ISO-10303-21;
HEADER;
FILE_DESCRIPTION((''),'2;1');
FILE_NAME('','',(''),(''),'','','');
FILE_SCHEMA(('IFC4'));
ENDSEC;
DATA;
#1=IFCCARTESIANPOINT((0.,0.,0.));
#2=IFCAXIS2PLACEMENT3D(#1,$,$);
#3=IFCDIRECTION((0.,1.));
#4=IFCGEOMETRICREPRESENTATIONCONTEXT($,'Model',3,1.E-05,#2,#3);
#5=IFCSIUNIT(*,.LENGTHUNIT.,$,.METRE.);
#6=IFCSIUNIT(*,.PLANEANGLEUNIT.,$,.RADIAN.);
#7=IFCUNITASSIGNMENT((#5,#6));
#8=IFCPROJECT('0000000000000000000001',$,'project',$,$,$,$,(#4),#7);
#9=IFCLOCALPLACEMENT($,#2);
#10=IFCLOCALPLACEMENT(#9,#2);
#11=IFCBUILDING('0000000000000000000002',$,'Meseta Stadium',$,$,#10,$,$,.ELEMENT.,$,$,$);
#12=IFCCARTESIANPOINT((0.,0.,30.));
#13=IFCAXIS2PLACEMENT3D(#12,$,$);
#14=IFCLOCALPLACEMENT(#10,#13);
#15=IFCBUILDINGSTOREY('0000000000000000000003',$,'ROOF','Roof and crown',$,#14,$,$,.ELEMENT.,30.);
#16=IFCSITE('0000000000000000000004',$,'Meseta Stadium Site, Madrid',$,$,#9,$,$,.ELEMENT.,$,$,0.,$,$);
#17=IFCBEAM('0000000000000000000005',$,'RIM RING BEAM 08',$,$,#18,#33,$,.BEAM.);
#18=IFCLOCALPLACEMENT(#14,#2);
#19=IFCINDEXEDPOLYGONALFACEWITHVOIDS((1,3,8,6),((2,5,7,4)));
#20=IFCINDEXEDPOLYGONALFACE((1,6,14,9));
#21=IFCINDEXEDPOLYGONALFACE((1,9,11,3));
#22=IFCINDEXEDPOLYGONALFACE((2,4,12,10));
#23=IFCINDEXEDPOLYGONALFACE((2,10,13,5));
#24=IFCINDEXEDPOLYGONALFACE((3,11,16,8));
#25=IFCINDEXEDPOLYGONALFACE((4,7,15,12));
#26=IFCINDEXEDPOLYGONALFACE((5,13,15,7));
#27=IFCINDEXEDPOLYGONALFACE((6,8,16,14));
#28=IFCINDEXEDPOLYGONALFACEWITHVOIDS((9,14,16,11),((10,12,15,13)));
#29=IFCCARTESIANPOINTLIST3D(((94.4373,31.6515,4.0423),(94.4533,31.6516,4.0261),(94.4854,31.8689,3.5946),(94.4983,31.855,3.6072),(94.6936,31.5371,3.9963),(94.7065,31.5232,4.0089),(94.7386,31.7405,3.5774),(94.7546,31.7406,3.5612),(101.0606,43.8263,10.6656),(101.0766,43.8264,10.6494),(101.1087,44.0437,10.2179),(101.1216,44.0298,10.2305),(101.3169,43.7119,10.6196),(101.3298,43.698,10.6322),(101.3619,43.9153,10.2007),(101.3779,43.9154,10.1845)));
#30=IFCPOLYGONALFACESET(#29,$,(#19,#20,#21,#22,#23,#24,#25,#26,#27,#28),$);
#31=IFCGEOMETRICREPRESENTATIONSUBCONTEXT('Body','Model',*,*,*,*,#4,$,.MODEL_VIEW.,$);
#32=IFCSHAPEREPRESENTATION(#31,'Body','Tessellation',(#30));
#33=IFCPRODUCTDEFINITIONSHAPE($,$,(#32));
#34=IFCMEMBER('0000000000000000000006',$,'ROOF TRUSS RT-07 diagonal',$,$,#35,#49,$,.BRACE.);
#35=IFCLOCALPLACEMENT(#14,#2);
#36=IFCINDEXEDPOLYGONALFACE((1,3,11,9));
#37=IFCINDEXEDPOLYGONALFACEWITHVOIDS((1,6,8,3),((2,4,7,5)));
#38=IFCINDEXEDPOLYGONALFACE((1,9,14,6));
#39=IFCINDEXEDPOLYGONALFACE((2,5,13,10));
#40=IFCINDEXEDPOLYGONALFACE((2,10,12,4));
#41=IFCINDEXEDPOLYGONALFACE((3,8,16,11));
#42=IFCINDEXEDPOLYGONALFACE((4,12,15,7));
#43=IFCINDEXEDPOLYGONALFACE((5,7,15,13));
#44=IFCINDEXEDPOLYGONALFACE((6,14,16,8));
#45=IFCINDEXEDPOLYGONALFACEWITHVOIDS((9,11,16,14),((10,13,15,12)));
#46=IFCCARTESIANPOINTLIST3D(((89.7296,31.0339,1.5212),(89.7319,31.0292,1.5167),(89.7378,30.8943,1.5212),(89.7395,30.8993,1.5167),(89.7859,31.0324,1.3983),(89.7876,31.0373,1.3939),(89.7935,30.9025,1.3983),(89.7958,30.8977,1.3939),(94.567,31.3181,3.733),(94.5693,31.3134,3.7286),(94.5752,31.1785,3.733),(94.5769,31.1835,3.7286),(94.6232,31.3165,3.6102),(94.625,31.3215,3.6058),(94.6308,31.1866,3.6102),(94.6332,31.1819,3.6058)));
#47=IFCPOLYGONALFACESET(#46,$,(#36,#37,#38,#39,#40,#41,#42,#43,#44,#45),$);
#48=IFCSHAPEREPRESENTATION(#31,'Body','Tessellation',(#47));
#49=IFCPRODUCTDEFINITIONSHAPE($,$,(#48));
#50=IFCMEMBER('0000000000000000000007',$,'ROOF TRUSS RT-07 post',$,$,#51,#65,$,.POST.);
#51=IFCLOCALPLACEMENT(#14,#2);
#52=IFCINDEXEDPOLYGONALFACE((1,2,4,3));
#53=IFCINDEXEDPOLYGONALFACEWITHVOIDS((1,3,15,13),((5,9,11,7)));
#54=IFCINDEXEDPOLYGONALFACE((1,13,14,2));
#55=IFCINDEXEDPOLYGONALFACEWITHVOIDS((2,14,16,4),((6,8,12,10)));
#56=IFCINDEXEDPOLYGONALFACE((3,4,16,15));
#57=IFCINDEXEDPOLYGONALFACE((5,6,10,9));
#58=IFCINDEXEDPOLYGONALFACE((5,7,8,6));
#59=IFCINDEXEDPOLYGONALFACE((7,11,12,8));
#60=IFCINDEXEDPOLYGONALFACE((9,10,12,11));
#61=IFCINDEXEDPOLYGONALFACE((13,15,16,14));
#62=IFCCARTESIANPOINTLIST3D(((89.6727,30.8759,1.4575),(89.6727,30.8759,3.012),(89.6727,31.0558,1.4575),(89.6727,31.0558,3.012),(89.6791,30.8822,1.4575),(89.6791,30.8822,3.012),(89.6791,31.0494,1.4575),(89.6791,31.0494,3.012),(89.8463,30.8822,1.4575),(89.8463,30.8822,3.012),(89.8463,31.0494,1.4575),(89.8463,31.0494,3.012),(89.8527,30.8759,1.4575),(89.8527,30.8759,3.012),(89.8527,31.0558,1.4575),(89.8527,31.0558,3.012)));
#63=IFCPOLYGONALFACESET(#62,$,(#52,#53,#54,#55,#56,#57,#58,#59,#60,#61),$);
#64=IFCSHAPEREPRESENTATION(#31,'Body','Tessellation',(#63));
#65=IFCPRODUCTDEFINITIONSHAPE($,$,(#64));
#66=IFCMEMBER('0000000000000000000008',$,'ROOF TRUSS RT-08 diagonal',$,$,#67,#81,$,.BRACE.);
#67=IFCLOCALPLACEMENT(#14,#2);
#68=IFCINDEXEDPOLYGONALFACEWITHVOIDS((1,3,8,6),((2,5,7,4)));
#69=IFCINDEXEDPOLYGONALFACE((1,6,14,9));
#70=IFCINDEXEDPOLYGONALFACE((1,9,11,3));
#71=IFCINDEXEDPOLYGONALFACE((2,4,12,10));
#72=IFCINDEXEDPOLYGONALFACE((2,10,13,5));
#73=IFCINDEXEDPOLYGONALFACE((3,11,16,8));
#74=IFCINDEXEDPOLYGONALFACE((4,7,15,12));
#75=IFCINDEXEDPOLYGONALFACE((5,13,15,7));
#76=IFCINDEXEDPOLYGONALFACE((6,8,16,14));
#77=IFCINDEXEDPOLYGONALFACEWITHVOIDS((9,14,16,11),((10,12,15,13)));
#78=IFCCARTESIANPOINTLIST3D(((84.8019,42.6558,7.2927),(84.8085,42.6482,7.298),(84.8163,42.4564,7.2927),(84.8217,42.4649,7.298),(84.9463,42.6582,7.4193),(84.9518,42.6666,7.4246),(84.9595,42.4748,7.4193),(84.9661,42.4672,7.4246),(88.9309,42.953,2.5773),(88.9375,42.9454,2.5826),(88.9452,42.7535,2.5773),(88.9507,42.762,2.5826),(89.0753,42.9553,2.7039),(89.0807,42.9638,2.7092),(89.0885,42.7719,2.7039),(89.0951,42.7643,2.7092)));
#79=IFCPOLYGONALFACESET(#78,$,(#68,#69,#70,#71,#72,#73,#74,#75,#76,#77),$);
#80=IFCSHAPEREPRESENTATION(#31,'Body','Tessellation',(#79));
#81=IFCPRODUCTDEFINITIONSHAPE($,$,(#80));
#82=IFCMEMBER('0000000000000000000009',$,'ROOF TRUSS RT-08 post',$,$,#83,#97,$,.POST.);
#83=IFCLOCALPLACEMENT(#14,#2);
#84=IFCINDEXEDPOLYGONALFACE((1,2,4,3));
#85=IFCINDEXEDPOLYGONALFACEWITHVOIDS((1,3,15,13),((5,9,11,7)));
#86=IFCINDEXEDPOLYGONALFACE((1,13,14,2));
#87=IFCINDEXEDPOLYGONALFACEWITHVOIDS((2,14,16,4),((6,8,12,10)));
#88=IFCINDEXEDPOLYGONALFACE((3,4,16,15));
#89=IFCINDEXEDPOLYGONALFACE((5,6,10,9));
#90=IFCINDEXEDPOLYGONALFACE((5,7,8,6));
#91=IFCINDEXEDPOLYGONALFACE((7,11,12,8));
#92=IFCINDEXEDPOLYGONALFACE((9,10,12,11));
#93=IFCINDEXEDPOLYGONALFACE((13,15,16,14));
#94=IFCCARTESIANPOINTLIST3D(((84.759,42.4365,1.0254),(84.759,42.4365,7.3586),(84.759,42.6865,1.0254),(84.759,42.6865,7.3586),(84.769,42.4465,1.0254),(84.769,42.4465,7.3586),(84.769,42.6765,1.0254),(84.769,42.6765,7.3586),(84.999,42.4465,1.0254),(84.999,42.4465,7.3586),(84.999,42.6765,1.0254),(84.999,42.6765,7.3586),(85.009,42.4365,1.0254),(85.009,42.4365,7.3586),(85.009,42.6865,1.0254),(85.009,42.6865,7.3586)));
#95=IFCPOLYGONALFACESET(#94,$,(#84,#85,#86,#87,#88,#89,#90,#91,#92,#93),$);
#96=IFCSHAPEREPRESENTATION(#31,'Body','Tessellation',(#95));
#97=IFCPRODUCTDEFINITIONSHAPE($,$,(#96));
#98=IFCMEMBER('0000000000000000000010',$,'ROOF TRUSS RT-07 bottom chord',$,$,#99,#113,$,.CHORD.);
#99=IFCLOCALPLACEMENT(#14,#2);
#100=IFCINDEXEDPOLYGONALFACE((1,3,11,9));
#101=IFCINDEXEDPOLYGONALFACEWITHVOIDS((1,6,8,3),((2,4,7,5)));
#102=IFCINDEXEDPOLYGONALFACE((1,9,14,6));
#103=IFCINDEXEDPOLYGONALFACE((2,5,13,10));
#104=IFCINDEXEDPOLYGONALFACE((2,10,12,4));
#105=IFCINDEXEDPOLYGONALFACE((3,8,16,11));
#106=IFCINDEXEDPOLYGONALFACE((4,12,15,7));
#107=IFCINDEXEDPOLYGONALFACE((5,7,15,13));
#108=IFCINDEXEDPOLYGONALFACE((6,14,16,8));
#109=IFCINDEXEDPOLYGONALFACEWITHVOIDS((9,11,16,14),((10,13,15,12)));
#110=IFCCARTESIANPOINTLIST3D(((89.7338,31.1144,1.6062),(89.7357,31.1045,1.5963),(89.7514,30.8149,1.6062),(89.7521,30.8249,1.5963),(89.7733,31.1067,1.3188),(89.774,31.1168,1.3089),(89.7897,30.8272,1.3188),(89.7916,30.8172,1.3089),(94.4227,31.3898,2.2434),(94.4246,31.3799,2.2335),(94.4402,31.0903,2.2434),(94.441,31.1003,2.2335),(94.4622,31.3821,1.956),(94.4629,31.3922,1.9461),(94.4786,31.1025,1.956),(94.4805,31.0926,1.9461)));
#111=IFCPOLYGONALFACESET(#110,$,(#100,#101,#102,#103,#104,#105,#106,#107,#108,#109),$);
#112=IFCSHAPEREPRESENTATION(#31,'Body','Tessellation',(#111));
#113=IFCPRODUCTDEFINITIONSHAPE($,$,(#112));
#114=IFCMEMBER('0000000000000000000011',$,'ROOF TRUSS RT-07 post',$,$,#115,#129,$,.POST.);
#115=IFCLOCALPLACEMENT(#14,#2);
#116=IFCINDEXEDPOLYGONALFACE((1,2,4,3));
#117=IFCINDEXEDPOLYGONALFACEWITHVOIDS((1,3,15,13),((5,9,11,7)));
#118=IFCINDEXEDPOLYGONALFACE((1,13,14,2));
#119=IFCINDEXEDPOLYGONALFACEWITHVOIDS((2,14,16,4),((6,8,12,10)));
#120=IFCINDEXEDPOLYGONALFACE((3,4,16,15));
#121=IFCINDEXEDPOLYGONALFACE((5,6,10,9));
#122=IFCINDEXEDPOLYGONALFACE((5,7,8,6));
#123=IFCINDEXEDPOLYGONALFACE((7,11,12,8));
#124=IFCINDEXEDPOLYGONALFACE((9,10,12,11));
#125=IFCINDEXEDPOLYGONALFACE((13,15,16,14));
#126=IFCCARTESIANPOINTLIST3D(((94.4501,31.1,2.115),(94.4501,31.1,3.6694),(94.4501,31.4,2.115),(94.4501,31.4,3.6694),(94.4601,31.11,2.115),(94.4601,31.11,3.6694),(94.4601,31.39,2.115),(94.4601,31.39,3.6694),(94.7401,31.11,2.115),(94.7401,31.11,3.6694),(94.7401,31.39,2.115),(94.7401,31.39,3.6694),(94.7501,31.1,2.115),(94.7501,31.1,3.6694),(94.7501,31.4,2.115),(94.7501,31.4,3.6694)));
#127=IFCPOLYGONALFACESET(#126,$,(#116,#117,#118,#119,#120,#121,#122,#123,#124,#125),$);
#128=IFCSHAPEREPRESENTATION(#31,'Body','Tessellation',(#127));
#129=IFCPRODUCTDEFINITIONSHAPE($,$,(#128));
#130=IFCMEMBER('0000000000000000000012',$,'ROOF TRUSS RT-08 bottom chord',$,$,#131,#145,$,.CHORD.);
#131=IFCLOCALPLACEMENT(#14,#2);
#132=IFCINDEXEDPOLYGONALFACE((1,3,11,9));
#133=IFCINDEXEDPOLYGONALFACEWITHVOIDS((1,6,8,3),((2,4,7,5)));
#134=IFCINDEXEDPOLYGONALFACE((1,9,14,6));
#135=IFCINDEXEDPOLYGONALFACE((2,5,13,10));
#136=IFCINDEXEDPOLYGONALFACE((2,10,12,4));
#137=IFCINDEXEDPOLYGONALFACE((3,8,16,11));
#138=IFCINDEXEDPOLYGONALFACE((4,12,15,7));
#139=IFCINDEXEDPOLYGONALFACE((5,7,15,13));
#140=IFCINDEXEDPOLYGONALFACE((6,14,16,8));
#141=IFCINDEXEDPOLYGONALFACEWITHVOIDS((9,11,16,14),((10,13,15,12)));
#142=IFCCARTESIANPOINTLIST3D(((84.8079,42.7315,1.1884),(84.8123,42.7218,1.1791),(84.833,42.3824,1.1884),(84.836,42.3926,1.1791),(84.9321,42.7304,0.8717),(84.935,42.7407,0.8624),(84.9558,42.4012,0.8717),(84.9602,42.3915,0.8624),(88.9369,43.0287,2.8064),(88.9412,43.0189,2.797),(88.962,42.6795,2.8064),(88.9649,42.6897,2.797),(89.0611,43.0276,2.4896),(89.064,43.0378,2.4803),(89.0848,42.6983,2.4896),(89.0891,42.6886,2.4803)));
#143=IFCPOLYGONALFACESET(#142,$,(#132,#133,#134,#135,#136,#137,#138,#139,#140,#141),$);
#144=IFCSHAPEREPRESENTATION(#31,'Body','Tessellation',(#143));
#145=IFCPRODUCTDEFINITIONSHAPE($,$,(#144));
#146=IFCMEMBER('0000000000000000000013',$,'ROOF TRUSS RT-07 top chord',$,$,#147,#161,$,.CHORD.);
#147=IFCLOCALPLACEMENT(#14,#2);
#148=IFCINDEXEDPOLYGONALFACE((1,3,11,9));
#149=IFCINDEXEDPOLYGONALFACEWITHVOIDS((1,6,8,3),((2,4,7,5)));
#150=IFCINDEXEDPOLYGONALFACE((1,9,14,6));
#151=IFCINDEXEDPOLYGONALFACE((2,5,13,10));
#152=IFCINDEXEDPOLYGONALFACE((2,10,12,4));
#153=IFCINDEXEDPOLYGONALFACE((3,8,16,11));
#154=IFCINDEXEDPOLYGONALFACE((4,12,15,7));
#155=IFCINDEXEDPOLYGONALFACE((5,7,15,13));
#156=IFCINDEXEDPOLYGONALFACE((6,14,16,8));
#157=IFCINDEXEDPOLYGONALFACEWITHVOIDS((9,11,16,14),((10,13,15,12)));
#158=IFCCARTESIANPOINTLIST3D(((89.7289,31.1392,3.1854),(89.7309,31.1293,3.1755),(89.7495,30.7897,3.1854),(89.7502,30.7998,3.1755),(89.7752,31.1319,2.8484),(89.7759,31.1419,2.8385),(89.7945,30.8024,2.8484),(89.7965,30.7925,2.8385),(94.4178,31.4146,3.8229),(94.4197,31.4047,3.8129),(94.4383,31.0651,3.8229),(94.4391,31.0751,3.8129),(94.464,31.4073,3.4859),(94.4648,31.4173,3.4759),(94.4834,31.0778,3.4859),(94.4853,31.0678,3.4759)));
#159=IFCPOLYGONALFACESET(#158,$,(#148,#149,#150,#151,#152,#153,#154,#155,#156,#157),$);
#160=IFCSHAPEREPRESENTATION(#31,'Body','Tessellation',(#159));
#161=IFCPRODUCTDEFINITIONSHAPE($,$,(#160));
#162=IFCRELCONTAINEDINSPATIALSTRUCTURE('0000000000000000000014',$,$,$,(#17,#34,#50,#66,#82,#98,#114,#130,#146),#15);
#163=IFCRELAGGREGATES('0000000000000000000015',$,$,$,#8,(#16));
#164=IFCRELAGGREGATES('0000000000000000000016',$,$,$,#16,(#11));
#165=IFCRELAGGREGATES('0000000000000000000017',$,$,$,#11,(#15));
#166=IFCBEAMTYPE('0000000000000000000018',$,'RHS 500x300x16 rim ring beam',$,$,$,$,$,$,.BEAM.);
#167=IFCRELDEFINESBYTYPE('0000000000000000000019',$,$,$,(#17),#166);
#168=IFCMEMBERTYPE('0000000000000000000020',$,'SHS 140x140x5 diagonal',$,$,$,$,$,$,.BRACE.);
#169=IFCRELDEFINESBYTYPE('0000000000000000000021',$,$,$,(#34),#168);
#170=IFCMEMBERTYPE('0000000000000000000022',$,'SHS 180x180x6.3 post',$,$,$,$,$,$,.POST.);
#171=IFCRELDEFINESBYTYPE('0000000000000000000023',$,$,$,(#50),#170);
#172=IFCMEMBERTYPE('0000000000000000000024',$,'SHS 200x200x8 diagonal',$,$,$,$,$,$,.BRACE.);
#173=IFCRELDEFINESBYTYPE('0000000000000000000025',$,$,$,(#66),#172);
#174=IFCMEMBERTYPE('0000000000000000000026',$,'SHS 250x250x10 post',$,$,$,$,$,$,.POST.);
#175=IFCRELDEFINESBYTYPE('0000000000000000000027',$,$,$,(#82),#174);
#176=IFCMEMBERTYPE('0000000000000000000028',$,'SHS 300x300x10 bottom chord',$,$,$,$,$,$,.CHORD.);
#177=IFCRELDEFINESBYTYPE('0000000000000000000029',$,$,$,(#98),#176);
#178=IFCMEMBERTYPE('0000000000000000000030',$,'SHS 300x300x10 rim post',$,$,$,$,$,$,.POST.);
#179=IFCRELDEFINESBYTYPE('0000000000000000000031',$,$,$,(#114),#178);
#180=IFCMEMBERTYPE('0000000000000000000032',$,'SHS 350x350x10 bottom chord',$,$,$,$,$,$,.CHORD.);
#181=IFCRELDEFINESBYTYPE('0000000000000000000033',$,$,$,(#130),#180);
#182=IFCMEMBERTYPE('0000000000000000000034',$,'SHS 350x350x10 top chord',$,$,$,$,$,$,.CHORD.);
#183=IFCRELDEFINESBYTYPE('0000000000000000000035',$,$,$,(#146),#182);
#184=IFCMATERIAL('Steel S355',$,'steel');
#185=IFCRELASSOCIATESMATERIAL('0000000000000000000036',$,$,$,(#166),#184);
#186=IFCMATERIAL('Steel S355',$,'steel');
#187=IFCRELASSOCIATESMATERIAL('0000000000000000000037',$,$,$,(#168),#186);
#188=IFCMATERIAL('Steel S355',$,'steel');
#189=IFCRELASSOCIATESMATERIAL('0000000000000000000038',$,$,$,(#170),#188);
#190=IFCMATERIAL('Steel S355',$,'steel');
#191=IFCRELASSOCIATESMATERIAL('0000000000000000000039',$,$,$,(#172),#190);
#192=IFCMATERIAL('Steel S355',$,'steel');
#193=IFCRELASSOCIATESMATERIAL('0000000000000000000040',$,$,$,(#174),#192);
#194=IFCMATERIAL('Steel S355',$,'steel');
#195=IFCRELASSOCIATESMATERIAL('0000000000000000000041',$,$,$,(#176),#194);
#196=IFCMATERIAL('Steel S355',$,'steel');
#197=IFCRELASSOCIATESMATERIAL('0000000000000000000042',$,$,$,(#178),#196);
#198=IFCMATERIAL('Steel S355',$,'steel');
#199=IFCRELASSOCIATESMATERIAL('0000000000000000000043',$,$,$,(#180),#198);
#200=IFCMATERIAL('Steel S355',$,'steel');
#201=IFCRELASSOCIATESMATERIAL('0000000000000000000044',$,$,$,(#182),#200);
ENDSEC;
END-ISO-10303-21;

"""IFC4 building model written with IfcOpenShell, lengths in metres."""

from ifc_helpers import new_model, si_unit, direction, frame, origin, origin_2d, place, context, subcontext, project, spatial, hollow_rectangle, extrude, material, material_profile, profile_set, type_object, element, save


model = new_model("IFC4")

# Units and contexts
model_context = context("Model", 3, precision=1e-05, world=origin(), true_north=direction((0.0, 1.0)))
body_context = subcontext(model_context, "Body", "Model", "MODEL_VIEW")
ifc_project = project(units=[si_unit("LENGTHUNIT", "METRE"), si_unit("PLANEANGLEUNIT", "RADIAN")], contexts=[model_context])

# Site, building, storey
site_placement = place(None, origin())
site = spatial("IfcSite", under=ifc_project, at=site_placement, Name="Meseta Stadium Site, Madrid", CompositionType="ELEMENT", RefElevation=0.0)
building_placement = place(site_placement, origin())
building = spatial("IfcBuilding", under=site, at=building_placement, Name="Meseta Stadium", CompositionType="ELEMENT")
storey_placement = place(building_placement, frame((0.0, 0.0, 30.0)))
storey = spatial("IfcBuildingStorey", under=building, at=storey_placement, Name="ROOF", Description="Roof and crown", CompositionType="ELEMENT", Elevation=30.0)

# Beam
ifc_material_1 = material(Name="Steel S355", Category="steel")
ifc_material_profile_1 = material_profile(ifc_material_1, hollow_rectangle(XDim=0.3, YDim=0.5, WallThickness=0.0161, at=origin_2d()), Name="RHS 500x300x16")
ifc_profile_set_1 = profile_set([ifc_material_profile_1], Name="Steel S355")
beam_type = type_object("IfcBeamType", Name="RHS 500x300x16 rim ring beam", PredefinedType="BEAM", material=ifc_profile_set_1)
beam_placement = place(storey_placement, frame((94.5959, 31.696, 3.8018), z_axis=(0.431174, 0.792576, 0.431174), x_axis=(-0.897129, 0.42753, 0.111252)))
element("IfcBeam", 1, at=beam_placement, inside=storey, type_object=beam_type, Name="RIM RING BEAM 08", PredefinedType="BEAM", context=body_context, shape_type="SweptSolid", body=[
    extrude(hollow_rectangle(XDim=0.3, YDim=0.5, WallThickness=0.0161, at=origin_2d()), origin(), (0.0, 0.0, 1.0), 15.3611),
])

# Members
ifc_material_2 = material(Name="Steel S355", Category="steel")
ifc_material_profile_2 = material_profile(ifc_material_2, hollow_rectangle(XDim=0.1399, YDim=0.1399, WallThickness=0.0049, at=origin_2d()), Name="SHS 140x140x5")
ifc_profile_set_2 = profile_set([ifc_material_profile_2], Name="Steel S355")
member_type_1 = type_object("IfcMemberType", Name="SHS 140x140x5 diagonal", PredefinedType="BRACE", material=ifc_profile_set_2)
member_1_placement = place(storey_placement, frame((89.7627, 30.9658, 1.4575), z_axis=(0.908142, 0.05335, 0.41525), x_axis=(-0.058645, 0.998279, 0.0)))
element("IfcMember", 2, at=member_1_placement, inside=storey, type_object=member_type_1, Name="ROOF TRUSS RT-07 diagonal", PredefinedType="BRACE", context=body_context, shape_type="SweptSolid", body=[
    extrude(hollow_rectangle(XDim=0.1399, YDim=0.1399, WallThickness=0.0049, at=origin_2d()), origin(), (0.0, 0.0, 1.0), 5.3267),
])
ifc_material_3 = material(Name="Steel S355", Category="steel")
ifc_material_profile_3 = material_profile(ifc_material_3, hollow_rectangle(XDim=0.1799, YDim=0.1799, WallThickness=0.0063, at=origin_2d()), Name="SHS 180x180x6.3")
ifc_profile_set_3 = profile_set([ifc_material_profile_3], Name="Steel S355")
member_type_2 = type_object("IfcMemberType", Name="SHS 180x180x6.3 post", PredefinedType="POST", material=ifc_profile_set_3)
member_2_placement = place(storey_placement, frame((89.7627, 30.9658, 1.4575), z_axis=(0.0, 0.0, 1.0), x_axis=(1.0, 0.0, 0.0)))
element("IfcMember", 3, at=member_2_placement, inside=storey, type_object=member_type_2, Name="ROOF TRUSS RT-07 post", PredefinedType="POST", context=body_context, shape_type="SweptSolid", body=[
    extrude(hollow_rectangle(XDim=0.1799, YDim=0.1799, WallThickness=0.0063, at=origin_2d()), origin(), (0.0, 0.0, 1.0), 1.5544),
])
ifc_material_4 = material(Name="Steel S355", Category="steel")
ifc_material_profile_4 = material_profile(ifc_material_4, hollow_rectangle(XDim=0.2, YDim=0.2, WallThickness=0.0081, at=origin_2d()), Name="SHS 200x200x8")
ifc_profile_set_4 = profile_set([ifc_material_profile_4], Name="Steel S355")
member_type_3 = type_object("IfcMemberType", Name="SHS 200x200x8 diagonal", PredefinedType="BRACE", material=ifc_profile_set_4)
member_3_placement = place(storey_placement, frame((84.884, 42.5615, 7.3586), z_axis=(0.658036, 0.047353, -0.751496), x_axis=(-0.071775, 0.997421, 0.0)))
element("IfcMember", 4, at=member_3_placement, inside=storey, type_object=member_type_3, Name="ROOF TRUSS RT-08 diagonal", PredefinedType="BRACE", context=body_context, shape_type="SweptSolid", body=[
    extrude(hollow_rectangle(XDim=0.2, YDim=0.2, WallThickness=0.0081, at=origin_2d()), origin(), (0.0, 0.0, 1.0), 6.2747),
])
ifc_material_5 = material(Name="Steel S355", Category="steel")
ifc_material_profile_5 = material_profile(ifc_material_5, hollow_rectangle(XDim=0.25, YDim=0.25, WallThickness=0.01, at=origin_2d()), Name="SHS 250x250x10")
ifc_profile_set_5 = profile_set([ifc_material_profile_5], Name="Steel S355")
member_type_4 = type_object("IfcMemberType", Name="SHS 250x250x10 post", PredefinedType="POST", material=ifc_profile_set_5)
member_4_placement = place(storey_placement, frame((84.884, 42.5615, 1.0254), z_axis=(0.0, 0.0, 1.0), x_axis=(1.0, 0.0, 0.0)))
element("IfcMember", 5, at=member_4_placement, inside=storey, type_object=member_type_4, Name="ROOF TRUSS RT-08 post", PredefinedType="POST", context=body_context, shape_type="SweptSolid", body=[
    extrude(hollow_rectangle(XDim=0.25, YDim=0.25, WallThickness=0.01, at=origin_2d()), origin(), (0.0, 0.0, 1.0), 6.3333),
])
ifc_material_6 = material(Name="Steel S355", Category="steel")
ifc_material_profile_6 = material_profile(ifc_material_6, hollow_rectangle(XDim=0.3, YDim=0.3, WallThickness=0.01, at=origin_2d()), Name="SHS 300x300x10")
ifc_profile_set_6 = profile_set([ifc_material_profile_6], Name="Steel S355")
member_type_5 = type_object("IfcMemberType", Name="SHS 300x300x10 bottom chord", PredefinedType="CHORD", material=ifc_profile_set_6)
member_5_placement = place(storey_placement, frame((89.7627, 30.9658, 1.4575), z_axis=(0.989218, 0.058098, 0.13443), x_axis=(-0.058631, 0.99828, 0.0)))
element("IfcMember", 6, at=member_5_placement, inside=storey, type_object=member_type_5, Name="ROOF TRUSS RT-07 bottom chord", PredefinedType="CHORD", context=body_context, shape_type="SweptSolid", body=[
    extrude(hollow_rectangle(XDim=0.3, YDim=0.3, WallThickness=0.01, at=origin_2d()), origin(), (0.0, 0.0, 1.0), 4.74),
])
ifc_material_7 = material(Name="Steel S355", Category="steel")
ifc_material_profile_7 = material_profile(ifc_material_7, hollow_rectangle(XDim=0.3, YDim=0.3, WallThickness=0.01, at=origin_2d()), Name="SHS 300x300x10")
ifc_profile_set_7 = profile_set([ifc_material_profile_7], Name="Steel S355")
member_type_6 = type_object("IfcMemberType", Name="SHS 300x300x10 rim post", PredefinedType="POST", material=ifc_profile_set_7)
member_6_placement = place(storey_placement, frame((94.6001, 31.25, 2.115), z_axis=(0.0, 0.0, 1.0), x_axis=(1.0, 0.0, 0.0)))
element("IfcMember", 7, at=member_6_placement, inside=storey, type_object=member_type_6, Name="ROOF TRUSS RT-07 post", PredefinedType="POST", context=body_context, shape_type="SweptSolid", body=[
    extrude(hollow_rectangle(XDim=0.3, YDim=0.3, WallThickness=0.01, at=origin_2d()), origin(), (0.0, 0.0, 1.0), 1.5544),
])
ifc_material_8 = material(Name="Steel S355", Category="steel")
ifc_material_profile_8 = material_profile(ifc_material_8, hollow_rectangle(XDim=0.3501, YDim=0.3501, WallThickness=0.01, at=origin_2d()), Name="SHS 350x350x10")
ifc_profile_set_8 = profile_set([ifc_material_profile_8], Name="Steel S355")
member_type_7 = type_object("IfcMemberType", Name="SHS 350x350x10 bottom chord", PredefinedType="CHORD", material=ifc_profile_set_8)
member_7_placement = place(storey_placement, frame((84.884, 42.5615, 1.0254), z_axis=(0.928987, 0.066851, 0.364025), x_axis=(-0.071775, 0.997421, 0.0)))
element("IfcMember", 8, at=member_7_placement, inside=storey, type_object=member_type_7, Name="ROOF TRUSS RT-08 bottom chord", PredefinedType="CHORD", context=body_context, shape_type="SweptSolid", body=[
    extrude(hollow_rectangle(XDim=0.3501, YDim=0.3501, WallThickness=0.01, at=origin_2d()), origin(), (0.0, 0.0, 1.0), 4.4446),
])
ifc_material_9 = material(Name="Steel S355", Category="steel")
ifc_material_profile_9 = material_profile(ifc_material_9, hollow_rectangle(XDim=0.3501, YDim=0.3501, WallThickness=0.01, at=origin_2d()), Name="SHS 350x350x10")
ifc_profile_set_9 = profile_set([ifc_material_profile_9], Name="Steel S355")
member_type_8 = type_object("IfcMemberType", Name="SHS 350x350x10 top chord", PredefinedType="CHORD", material=ifc_profile_set_9)
member_8_placement = place(storey_placement, frame((89.7627, 30.9658, 3.012), z_axis=(0.989212, 0.058098, 0.13448), x_axis=(-0.058631, 0.99828, 0.0)))
element("IfcMember", 9, at=member_8_placement, inside=storey, type_object=member_type_8, Name="ROOF TRUSS RT-07 top chord", PredefinedType="CHORD", context=body_context, shape_type="SweptSolid", body=[
    extrude(hollow_rectangle(XDim=0.3501, YDim=0.3501, WallThickness=0.01, at=origin_2d()), origin(), (0.0, 0.0, 1.0), 4.74),
])

save(model, "model.ifc")
